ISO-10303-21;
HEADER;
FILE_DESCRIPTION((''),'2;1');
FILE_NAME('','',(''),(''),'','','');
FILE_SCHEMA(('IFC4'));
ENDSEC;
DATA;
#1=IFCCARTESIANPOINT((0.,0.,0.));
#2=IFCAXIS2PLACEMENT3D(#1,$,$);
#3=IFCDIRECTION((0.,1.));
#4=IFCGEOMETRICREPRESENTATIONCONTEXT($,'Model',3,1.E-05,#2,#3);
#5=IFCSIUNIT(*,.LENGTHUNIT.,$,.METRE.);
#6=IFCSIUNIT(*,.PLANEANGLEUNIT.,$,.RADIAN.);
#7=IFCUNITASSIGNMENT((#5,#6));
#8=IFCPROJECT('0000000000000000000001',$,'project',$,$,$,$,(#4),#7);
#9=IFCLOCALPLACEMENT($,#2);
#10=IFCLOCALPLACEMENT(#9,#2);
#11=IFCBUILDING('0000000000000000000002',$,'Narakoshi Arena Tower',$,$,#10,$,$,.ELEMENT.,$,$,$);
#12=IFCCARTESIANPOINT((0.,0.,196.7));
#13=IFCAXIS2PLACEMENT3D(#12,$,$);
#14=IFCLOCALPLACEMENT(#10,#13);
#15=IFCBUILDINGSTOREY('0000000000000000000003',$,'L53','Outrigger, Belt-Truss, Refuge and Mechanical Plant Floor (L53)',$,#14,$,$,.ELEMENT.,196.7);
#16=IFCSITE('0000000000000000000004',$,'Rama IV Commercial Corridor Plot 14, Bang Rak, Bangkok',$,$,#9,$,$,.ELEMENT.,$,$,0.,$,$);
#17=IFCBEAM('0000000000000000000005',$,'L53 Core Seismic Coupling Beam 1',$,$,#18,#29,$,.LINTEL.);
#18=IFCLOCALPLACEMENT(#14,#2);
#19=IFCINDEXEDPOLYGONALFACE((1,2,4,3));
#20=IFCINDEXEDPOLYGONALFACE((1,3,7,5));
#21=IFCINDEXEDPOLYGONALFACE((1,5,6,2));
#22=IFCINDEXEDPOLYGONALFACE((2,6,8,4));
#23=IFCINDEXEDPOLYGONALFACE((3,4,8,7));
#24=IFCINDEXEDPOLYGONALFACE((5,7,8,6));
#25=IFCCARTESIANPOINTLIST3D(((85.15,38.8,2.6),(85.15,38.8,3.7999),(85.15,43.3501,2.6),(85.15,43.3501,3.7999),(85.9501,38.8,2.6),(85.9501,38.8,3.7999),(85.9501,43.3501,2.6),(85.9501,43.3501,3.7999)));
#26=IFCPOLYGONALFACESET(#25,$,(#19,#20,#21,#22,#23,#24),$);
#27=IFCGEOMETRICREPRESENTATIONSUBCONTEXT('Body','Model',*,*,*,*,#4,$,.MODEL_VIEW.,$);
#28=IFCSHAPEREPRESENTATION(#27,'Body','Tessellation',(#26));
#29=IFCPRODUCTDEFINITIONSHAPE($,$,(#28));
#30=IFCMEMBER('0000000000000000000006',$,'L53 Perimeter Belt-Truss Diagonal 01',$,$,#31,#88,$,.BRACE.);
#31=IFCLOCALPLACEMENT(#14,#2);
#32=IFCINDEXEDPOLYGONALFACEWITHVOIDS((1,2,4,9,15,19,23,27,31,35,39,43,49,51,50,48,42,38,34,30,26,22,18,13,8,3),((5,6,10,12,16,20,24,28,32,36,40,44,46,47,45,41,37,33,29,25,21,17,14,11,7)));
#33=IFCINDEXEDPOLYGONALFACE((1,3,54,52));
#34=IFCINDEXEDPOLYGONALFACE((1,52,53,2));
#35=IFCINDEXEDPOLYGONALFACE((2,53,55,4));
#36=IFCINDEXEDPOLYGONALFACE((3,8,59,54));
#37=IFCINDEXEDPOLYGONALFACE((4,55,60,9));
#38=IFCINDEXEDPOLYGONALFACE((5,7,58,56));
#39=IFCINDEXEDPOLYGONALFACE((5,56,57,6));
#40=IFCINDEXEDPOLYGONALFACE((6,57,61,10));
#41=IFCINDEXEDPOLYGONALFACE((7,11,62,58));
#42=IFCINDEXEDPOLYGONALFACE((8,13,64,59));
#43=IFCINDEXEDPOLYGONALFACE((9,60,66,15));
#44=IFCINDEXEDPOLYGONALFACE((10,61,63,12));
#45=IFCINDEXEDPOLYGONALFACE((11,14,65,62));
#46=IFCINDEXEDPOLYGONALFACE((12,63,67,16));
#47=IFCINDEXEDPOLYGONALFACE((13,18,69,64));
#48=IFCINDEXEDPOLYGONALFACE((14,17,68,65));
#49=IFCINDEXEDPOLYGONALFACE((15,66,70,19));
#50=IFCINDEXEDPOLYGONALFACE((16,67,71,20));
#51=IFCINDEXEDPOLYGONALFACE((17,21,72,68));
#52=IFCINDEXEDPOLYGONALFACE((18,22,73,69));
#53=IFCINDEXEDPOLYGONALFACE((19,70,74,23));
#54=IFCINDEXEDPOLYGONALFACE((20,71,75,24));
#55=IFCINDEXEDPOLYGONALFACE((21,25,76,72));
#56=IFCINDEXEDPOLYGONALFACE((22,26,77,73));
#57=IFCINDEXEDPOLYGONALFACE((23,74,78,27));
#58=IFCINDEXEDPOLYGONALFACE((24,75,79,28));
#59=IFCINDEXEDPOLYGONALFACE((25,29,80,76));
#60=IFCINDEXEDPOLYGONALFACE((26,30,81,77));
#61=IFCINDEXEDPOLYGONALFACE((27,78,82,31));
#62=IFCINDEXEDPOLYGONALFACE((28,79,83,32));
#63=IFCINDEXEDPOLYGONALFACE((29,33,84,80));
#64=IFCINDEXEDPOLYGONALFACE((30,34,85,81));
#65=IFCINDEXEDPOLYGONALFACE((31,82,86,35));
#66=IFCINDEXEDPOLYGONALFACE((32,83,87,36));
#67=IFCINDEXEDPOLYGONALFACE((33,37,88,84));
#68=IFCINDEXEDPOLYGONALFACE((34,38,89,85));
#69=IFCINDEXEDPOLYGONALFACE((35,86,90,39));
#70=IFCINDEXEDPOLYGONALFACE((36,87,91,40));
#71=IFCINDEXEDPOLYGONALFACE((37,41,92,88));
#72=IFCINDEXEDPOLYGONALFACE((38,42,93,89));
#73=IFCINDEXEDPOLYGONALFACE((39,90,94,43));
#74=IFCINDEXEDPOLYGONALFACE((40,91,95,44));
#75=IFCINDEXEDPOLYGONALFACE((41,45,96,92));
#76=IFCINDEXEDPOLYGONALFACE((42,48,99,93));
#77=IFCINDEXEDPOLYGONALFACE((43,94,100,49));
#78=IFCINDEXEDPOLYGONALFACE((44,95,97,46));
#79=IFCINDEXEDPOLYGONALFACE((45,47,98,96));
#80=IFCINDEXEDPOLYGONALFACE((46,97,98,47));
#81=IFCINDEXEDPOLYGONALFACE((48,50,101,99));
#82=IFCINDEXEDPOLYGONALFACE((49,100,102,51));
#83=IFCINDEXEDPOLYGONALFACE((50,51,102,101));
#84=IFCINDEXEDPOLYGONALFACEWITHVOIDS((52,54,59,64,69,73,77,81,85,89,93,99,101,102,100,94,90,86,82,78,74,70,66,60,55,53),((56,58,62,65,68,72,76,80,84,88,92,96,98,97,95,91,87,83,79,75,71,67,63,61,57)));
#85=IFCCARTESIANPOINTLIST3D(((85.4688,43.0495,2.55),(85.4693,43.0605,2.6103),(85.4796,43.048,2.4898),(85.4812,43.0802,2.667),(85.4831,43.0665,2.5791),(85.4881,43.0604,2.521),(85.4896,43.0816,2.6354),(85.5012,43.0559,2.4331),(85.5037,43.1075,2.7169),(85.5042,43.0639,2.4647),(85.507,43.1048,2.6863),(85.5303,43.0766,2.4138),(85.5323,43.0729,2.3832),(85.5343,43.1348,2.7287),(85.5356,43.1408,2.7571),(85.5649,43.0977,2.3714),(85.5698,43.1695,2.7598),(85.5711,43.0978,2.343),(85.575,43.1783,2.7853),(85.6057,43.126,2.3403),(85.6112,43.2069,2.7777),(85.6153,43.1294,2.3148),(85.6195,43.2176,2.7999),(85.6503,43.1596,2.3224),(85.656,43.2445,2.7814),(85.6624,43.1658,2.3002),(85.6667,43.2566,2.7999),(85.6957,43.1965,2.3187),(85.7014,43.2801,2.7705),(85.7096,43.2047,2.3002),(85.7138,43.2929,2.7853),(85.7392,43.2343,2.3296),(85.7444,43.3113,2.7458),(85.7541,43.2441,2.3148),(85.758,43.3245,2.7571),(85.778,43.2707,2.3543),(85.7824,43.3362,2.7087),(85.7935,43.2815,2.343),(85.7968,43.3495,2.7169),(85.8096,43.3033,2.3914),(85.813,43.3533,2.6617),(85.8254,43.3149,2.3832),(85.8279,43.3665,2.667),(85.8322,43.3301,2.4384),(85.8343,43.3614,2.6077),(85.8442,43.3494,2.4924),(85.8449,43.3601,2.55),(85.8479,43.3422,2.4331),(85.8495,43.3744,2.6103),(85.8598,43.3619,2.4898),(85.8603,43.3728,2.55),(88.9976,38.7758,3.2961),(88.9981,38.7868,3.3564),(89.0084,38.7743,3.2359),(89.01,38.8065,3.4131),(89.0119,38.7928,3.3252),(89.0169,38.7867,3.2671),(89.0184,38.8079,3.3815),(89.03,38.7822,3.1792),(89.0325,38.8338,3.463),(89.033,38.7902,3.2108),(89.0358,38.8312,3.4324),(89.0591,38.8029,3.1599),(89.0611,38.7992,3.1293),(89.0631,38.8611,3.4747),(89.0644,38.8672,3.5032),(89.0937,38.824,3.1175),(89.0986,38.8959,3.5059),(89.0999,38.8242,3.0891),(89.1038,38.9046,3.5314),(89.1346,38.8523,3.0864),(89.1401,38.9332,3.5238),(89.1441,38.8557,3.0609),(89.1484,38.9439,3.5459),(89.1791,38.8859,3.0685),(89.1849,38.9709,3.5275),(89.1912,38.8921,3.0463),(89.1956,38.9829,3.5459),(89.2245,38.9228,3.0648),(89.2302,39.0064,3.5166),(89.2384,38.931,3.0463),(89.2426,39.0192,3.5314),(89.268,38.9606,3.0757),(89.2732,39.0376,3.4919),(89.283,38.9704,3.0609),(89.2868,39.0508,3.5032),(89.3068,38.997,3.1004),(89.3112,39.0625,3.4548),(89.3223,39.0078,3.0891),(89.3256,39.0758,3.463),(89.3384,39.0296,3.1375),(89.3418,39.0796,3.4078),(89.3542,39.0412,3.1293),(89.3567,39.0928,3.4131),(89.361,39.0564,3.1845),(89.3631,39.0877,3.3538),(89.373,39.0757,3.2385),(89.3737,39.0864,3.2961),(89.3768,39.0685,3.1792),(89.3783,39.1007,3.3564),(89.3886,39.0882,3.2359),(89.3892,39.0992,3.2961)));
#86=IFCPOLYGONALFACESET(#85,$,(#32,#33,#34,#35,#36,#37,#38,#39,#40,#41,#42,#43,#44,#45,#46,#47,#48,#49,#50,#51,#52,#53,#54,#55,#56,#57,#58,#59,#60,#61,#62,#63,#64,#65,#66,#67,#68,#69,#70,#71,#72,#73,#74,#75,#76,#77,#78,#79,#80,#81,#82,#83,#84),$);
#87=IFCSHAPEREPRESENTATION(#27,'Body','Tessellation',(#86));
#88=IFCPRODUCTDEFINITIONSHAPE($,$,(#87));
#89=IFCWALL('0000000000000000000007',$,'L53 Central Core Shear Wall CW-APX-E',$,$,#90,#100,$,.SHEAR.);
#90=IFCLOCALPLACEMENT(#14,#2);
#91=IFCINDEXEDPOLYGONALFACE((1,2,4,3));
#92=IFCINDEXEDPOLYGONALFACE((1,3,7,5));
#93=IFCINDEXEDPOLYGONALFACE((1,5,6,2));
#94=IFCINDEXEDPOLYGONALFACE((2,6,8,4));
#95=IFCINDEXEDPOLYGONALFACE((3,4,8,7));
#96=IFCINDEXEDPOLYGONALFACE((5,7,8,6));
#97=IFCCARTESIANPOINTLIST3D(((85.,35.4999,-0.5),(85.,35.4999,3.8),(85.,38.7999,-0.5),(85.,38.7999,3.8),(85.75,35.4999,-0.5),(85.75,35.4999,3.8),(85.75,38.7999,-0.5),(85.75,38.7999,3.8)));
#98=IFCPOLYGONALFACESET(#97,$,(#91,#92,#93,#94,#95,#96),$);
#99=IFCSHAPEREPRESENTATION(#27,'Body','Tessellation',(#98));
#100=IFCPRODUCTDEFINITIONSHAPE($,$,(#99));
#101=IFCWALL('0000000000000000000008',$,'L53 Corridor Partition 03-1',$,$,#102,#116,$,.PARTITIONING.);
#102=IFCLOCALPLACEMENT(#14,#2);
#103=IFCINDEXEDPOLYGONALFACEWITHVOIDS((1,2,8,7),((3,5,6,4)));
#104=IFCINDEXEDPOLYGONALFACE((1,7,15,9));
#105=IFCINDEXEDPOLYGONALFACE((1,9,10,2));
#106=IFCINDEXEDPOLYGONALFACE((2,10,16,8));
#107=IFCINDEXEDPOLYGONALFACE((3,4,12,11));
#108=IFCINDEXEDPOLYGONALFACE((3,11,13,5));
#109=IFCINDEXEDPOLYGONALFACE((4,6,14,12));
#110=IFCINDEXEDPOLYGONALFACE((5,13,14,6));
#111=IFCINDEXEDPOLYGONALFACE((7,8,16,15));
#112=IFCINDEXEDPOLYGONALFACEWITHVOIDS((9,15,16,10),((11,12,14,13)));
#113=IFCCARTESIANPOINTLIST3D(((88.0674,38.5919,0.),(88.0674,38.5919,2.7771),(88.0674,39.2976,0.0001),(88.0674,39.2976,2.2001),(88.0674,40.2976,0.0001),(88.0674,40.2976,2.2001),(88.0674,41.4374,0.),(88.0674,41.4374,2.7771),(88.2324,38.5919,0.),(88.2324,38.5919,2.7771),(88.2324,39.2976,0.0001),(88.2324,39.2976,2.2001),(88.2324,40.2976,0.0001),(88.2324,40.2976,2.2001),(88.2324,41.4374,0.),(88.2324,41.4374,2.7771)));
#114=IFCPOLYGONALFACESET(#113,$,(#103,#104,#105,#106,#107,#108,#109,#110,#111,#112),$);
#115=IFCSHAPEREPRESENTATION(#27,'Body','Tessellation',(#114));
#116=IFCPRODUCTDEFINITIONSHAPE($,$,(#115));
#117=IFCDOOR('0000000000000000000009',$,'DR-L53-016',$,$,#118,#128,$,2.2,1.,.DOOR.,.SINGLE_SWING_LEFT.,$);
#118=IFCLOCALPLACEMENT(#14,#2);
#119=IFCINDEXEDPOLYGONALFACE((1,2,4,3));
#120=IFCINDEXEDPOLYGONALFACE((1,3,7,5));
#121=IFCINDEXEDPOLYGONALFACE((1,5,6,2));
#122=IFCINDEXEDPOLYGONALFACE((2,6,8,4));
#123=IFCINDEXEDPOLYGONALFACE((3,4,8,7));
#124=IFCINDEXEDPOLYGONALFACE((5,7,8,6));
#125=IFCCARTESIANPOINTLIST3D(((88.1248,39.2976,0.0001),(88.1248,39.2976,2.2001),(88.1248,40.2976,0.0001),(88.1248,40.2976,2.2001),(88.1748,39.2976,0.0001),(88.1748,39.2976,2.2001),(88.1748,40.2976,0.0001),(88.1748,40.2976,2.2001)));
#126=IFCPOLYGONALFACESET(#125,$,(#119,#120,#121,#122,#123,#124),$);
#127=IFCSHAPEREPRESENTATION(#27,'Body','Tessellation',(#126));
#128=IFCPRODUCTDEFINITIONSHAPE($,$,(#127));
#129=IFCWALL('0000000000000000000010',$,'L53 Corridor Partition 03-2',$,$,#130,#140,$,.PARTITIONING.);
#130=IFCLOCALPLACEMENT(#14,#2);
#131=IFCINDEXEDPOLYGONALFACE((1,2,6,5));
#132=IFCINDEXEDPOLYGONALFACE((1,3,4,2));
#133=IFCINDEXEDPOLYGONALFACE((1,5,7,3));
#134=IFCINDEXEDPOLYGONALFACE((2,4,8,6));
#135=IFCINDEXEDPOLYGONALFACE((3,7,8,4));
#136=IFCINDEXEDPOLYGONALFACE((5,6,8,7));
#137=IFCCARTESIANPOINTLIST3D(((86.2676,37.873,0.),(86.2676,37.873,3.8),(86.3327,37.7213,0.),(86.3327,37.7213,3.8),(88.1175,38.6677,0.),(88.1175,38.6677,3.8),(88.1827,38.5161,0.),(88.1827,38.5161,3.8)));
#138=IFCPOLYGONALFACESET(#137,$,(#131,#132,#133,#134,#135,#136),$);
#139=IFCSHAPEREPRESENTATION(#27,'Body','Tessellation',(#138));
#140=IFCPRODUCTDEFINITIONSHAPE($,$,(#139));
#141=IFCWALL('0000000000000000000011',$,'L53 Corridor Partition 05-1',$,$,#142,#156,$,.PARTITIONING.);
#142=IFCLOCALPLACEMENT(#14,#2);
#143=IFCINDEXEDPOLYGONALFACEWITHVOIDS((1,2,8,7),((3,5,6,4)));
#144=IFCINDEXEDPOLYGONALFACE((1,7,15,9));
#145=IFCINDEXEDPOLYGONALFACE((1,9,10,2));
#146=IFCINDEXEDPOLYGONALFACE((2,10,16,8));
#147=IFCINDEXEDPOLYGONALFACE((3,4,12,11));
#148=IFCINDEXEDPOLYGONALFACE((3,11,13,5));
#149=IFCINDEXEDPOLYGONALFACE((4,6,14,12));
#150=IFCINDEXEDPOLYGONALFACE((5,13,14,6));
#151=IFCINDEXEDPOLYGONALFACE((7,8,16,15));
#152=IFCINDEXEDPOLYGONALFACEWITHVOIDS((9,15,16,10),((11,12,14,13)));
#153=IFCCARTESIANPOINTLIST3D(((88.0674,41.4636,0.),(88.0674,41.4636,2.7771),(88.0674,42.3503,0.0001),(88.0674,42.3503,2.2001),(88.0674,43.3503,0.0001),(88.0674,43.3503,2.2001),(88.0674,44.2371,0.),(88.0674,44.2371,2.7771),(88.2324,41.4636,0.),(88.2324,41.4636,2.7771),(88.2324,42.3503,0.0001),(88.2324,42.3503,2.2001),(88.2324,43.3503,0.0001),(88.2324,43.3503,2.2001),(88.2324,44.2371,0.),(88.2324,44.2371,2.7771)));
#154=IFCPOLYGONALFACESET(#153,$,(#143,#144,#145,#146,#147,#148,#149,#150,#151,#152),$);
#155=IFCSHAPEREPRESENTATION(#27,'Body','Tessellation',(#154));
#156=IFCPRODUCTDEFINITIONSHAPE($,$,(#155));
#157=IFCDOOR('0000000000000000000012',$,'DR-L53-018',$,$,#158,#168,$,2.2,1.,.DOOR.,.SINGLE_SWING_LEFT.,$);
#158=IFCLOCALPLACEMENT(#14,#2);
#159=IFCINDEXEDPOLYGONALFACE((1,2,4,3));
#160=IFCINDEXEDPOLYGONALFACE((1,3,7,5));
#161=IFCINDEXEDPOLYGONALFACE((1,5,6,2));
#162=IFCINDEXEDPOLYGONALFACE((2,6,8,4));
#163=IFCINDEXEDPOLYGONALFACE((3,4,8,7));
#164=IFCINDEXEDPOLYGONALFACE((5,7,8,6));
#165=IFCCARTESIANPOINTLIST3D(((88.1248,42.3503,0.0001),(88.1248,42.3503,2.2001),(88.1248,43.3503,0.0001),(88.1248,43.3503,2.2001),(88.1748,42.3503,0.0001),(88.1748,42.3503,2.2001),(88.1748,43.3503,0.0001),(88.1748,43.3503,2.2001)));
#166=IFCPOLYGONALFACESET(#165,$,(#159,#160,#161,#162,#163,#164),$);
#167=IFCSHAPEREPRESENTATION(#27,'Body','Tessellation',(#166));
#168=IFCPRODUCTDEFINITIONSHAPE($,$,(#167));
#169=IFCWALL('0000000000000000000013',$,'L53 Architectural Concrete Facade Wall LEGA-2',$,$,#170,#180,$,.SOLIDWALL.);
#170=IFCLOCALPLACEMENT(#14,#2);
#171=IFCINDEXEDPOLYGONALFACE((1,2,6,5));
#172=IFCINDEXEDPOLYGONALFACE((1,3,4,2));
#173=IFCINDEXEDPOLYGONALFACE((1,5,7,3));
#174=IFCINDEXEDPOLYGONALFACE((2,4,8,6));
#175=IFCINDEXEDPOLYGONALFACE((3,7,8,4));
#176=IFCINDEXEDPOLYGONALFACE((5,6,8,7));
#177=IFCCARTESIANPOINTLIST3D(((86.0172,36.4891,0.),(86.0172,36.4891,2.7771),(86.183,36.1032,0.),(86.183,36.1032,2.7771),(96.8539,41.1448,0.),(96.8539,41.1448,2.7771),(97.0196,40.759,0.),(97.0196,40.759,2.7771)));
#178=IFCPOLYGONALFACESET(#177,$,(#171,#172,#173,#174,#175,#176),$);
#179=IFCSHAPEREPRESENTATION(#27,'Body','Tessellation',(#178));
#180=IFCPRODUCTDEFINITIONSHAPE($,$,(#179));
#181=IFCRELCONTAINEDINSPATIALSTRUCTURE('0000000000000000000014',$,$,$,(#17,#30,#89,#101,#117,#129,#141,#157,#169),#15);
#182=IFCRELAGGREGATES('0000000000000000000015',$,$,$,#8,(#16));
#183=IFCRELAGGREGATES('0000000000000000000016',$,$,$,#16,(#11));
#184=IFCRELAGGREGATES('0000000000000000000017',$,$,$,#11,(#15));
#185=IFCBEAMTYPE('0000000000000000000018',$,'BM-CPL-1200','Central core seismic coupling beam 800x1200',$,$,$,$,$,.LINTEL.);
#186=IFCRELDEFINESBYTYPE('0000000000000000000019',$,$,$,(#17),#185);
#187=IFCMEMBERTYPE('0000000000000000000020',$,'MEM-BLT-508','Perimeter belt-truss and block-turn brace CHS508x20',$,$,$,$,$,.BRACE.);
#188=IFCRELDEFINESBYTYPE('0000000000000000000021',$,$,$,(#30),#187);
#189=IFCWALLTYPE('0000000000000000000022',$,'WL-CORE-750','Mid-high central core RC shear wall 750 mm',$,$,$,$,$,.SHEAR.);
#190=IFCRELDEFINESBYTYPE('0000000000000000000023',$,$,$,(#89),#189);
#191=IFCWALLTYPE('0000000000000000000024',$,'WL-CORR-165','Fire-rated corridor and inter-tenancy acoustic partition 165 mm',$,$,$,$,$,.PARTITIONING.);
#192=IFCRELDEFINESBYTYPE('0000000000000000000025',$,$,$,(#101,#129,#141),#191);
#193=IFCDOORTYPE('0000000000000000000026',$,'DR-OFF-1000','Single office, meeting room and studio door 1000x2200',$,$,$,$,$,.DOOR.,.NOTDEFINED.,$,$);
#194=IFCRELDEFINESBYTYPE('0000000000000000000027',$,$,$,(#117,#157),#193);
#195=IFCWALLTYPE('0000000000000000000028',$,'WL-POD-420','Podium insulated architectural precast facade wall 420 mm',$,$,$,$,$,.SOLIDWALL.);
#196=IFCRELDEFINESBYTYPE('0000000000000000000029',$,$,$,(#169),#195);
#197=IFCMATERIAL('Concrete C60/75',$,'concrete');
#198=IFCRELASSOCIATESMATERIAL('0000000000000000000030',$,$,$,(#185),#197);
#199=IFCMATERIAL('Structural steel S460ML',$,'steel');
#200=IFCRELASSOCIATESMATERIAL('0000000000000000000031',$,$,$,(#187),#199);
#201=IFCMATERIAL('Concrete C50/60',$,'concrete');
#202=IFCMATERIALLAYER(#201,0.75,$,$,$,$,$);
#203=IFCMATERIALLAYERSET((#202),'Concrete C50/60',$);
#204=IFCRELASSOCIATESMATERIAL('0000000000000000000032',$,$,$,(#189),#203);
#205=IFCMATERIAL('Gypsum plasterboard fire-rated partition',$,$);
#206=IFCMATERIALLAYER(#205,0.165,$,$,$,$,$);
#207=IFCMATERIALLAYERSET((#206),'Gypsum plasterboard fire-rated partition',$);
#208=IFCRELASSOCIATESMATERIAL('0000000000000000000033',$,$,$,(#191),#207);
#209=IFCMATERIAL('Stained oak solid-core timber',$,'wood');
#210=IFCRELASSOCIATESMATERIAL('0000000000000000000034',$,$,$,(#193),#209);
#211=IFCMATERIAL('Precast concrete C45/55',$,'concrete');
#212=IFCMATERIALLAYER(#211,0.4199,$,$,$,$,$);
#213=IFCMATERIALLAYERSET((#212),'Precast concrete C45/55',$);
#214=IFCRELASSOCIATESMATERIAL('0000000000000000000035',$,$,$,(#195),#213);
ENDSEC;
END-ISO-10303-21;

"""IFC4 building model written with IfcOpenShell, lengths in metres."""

from ifc_helpers import new_model, si_unit, direction, frame, frame_2d, origin, origin_2d, place, context, subcontext, project, spatial, rectangle, hollow_circle, extrude, material, layer, layer_set, material_profile, profile_set, type_object, element, fill, save


model = new_model("IFC4")

# Units and contexts
model_context = context("Model", 3, precision=1e-05, world=origin(), true_north=direction((0.0, 1.0)))
body_context = subcontext(model_context, "Body", "Model", "MODEL_VIEW")
ifc_project = project(units=[si_unit("LENGTHUNIT", "METRE"), si_unit("PLANEANGLEUNIT", "RADIAN")], contexts=[model_context])

# Site, building, storey
site_placement = place(None, origin())
site = spatial("IfcSite", under=ifc_project, at=site_placement, Name="Rama IV Commercial Corridor Plot 14, Bang Rak, Bangkok", CompositionType="ELEMENT", RefElevation=0.0)
building_placement = place(site_placement, origin())
building = spatial("IfcBuilding", under=site, at=building_placement, Name="Narakoshi Arena Tower", CompositionType="ELEMENT")
storey_placement = place(building_placement, frame((0.0, 0.0, 196.7)))
storey = spatial("IfcBuildingStorey", under=building, at=storey_placement, Name="L53", Description="Outrigger, Belt-Truss, Refuge and Mechanical Plant Floor (L53)", CompositionType="ELEMENT", Elevation=196.7)

# Beam
ifc_material_1 = material(Name="Concrete C60/75", Category="concrete")
ifc_material_profile_1 = material_profile(ifc_material_1, rectangle(XDim=0.8, YDim=1.2, at=origin_2d()), Name="RCB800x1200")
ifc_profile_set_1 = profile_set([ifc_material_profile_1], Name="Concrete C60/75")
beam_type = type_object("IfcBeamType", Name="BM-CPL-1200", Description="Central core seismic coupling beam 800x1200", PredefinedType="LINTEL", material=ifc_profile_set_1)
beam_placement = place(storey_placement, frame((85.55, 38.8, 3.2), z_axis=(0.0, 1.0, 0.0), x_axis=(-1.0, 0.0, 0.0)))
element("IfcBeam", 1, at=beam_placement, inside=storey, type_object=beam_type, Name="L53 Core Seismic Coupling Beam 1", PredefinedType="LINTEL", context=body_context, shape_type="SweptSolid", body=[
    extrude(rectangle(XDim=0.8, YDim=1.2, at=origin_2d()), origin(), (0.0, 0.0, 1.0), 4.55),
])

# Member
ifc_material_2 = material(Name="Structural steel S460ML", Category="steel")
ifc_material_profile_2 = material_profile(ifc_material_2, hollow_circle(Radius=0.2539, WallThickness=0.02, at=origin_2d()), Name="CHS508x20")
ifc_profile_set_2 = profile_set([ifc_material_profile_2], Name="Structural steel S460ML")
member_type = type_object("IfcMemberType", Name="MEM-BLT-508", Description="Perimeter belt-truss and block-turn brace CHS508x20", PredefinedType="BRACE", material=ifc_profile_set_2)
member_placement = place(storey_placement, frame((85.6646, 43.2112, 2.55), z_axis=(0.631015, -0.764212, 0.133415), x_axis=(0.771106, 0.636707, 0.0)))
element("IfcMember", 2, at=member_placement, inside=storey, type_object=member_type, Name="L53 Perimeter Belt-Truss Diagonal 01", PredefinedType="BRACE", context=body_context, shape_type="SweptSolid", body=[
    extrude(hollow_circle(Radius=0.2539, WallThickness=0.02, at=origin_2d()), origin(), (0.0, 0.0, 1.0), 5.5923),
])

# Wall
ifc_material_3 = material(Name="Concrete C50/60", Category="concrete")
ifc_layer_1 = layer(ifc_material_3, 0.75)
ifc_layer_set_1 = layer_set([ifc_layer_1], Name="Concrete C50/60")
wall_type_1 = type_object("IfcWallType", Name="WL-CORE-750", Description="Mid-high central core RC shear wall 750 mm", PredefinedType="SHEAR", material=ifc_layer_set_1)
wall_1_placement = place(storey_placement, frame((85.375, 35.5, -0.5), z_axis=(0.0, 0.0, 1.0), x_axis=(0.0, 1.0, 0.0)))
element("IfcWall", 3, at=wall_1_placement, inside=storey, type_object=wall_type_1, Name="L53 Central Core Shear Wall CW-APX-E", PredefinedType="SHEAR", context=body_context, shape_type="SweptSolid", body=[
    extrude(rectangle(XDim=3.3, YDim=0.75, at=frame_2d((1.6499, 0.0))), origin(), (0.0, 0.0, 1.0), 4.3),
])

# Wall, opening, door
ifc_material_4 = material(Name="Gypsum plasterboard fire-rated partition")
ifc_layer_2 = layer(ifc_material_4, 0.165)
ifc_layer_set_2 = layer_set([ifc_layer_2], Name="Gypsum plasterboard fire-rated partition")
wall_type_2 = type_object("IfcWallType", Name="WL-CORR-165", Description="Fire-rated corridor and inter-tenancy acoustic partition 165 mm", PredefinedType="PARTITIONING", material=ifc_layer_set_2)
wall_2_placement = place(storey_placement, frame((88.1499, 38.5918, 0.0), z_axis=(0.0, 0.0, 1.0), x_axis=(0.0, 1.0, 0.0)))
wall_2 = element("IfcWall", 4, at=wall_2_placement, inside=storey, type_object=wall_type_2, Name="L53 Corridor Partition 03-1", PredefinedType="PARTITIONING", context=body_context, shape_type="SweptSolid", body=[
    extrude(rectangle(XDim=2.8455, YDim=0.165, at=frame_2d((1.4229, 0.0))), origin(), (0.0, 0.0, 1.0), 2.7771),
])
opening_1_placement = place(wall_2_placement, frame((0.7058, 0.0, 0.0)))
opening_1 = element("IfcOpeningElement", 5, at=opening_1_placement, cuts=wall_2, PredefinedType="OPENING", context=body_context, shape_type="SweptSolid", body=[
    extrude(rectangle(XDim=1.0, YDim=2.2, at=frame_2d((0.5, 1.1001))), frame((0.0, 0.0925, 0.0), z_axis=(0.0, -1.0, 0.0), x_axis=(1.0, 0.0, 0.0)), (0.0, 0.0, 1.0), 0.1851),
])
ifc_material_5 = material(Name="Stained oak solid-core timber", Category="wood")
door_type_1 = type_object("IfcDoorType", Name="DR-OFF-1000", Description="Single office, meeting room and studio door 1000x2200", OperationType="NOTDEFINED", PredefinedType="DOOR", material=ifc_material_5)
door_1_placement = place(opening_1_placement, frame((1.0, 0.0, 0.0), z_axis=(0.0, 0.0, 1.0), x_axis=(-1.0, 0.0, 0.0)))
door_1 = element("IfcDoor", 6, at=door_1_placement, inside=storey, type_object=door_type_1, Name="DR-L53-016", OperationType="SINGLE_SWING_LEFT", OverallHeight=2.2, OverallWidth=1.0, PredefinedType="DOOR", context=body_context, shape_type="SweptSolid", body=[
    extrude(rectangle(XDim=1.0, YDim=2.2, at=frame_2d((0.5, 1.1001))), frame((0.0, 0.0249, 0.0), z_axis=(0.0, -1.0, 0.0), x_axis=(1.0, 0.0, 0.0)), (0.0, 0.0, 1.0), 0.05),
])
fill(opening_1, door_1)

# Wall
wall_3_placement = place(storey_placement, frame((86.3, 37.7971, 0.0), z_axis=(0.0, 0.0, 1.0), x_axis=(0.918806, 0.394709, 0.0)))
element("IfcWall", 7, at=wall_3_placement, inside=storey, type_object=wall_type_2, Name="L53 Corridor Partition 03-2", PredefinedType="PARTITIONING", context=body_context, shape_type="SweptSolid", body=[
    extrude(rectangle(XDim=2.0134, YDim=0.165, at=frame_2d((1.0068, 0.0))), origin(), (0.0, 0.0, 1.0), 3.8),
])

# Wall, opening, door
wall_4_placement = place(storey_placement, frame((88.1499, 41.4636, 0.0), z_axis=(0.0, 0.0, 1.0), x_axis=(0.0, 1.0, 0.0)))
wall_4 = element("IfcWall", 8, at=wall_4_placement, inside=storey, type_object=wall_type_2, Name="L53 Corridor Partition 05-1", PredefinedType="PARTITIONING", context=body_context, shape_type="SweptSolid", body=[
    extrude(rectangle(XDim=2.7734, YDim=0.165, at=frame_2d((1.3867, 0.0))), origin(), (0.0, 0.0, 1.0), 2.7771),
])
opening_2_placement = place(wall_4_placement, frame((0.8867, 0.0, 0.0)))
opening_2 = element("IfcOpeningElement", 9, at=opening_2_placement, cuts=wall_4, PredefinedType="OPENING", context=body_context, shape_type="SweptSolid", body=[
    extrude(rectangle(XDim=1.0, YDim=2.2, at=frame_2d((0.5, 1.1001))), frame((0.0, 0.0925, 0.0), z_axis=(0.0, -1.0, 0.0), x_axis=(1.0, 0.0, 0.0)), (0.0, 0.0, 1.0), 0.1851),
])
door_2_placement = place(opening_2_placement, frame((1.0, 0.0, 0.0), z_axis=(0.0, 0.0, 1.0), x_axis=(-1.0, 0.0, 0.0)))
door_2 = element("IfcDoor", 10, at=door_2_placement, inside=storey, type_object=door_type_1, Name="DR-L53-018", OperationType="SINGLE_SWING_LEFT", OverallHeight=2.2, OverallWidth=1.0, PredefinedType="DOOR", context=body_context, shape_type="SweptSolid", body=[
    extrude(rectangle(XDim=1.0, YDim=2.2, at=frame_2d((0.5, 1.1001))), frame((0.0, 0.0249, 0.0), z_axis=(0.0, -1.0, 0.0), x_axis=(1.0, 0.0, 0.0)), (0.0, 0.0, 1.0), 0.05),
])
fill(opening_2, door_2)

# Wall
ifc_material_6 = material(Name="Precast concrete C45/55", Category="concrete")
ifc_layer_3 = layer(ifc_material_6, 0.4199)
ifc_layer_set_3 = layer_set([ifc_layer_3], Name="Precast concrete C45/55")
wall_type_3 = type_object("IfcWallType", Name="WL-POD-420", Description="Podium insulated architectural precast facade wall 420 mm", PredefinedType="SOLIDWALL", material=ifc_layer_set_3)
wall_5_placement = place(storey_placement, frame((86.1001, 36.2961, 0.0), z_axis=(0.0, 0.0, 1.0), x_axis=(0.918792, 0.394741, 0.0)))
element("IfcWall", 11, at=wall_5_placement, inside=storey, type_object=wall_type_3, Name="L53 Architectural Concrete Facade Wall LEGA-2", PredefinedType="SOLIDWALL", context=body_context, shape_type="SweptSolid", body=[
    extrude(rectangle(XDim=11.7944, YDim=0.4199, at=frame_2d((5.8972, 0.0))), origin(), (0.0, 0.0, 1.0), 2.7771),
])

save(model, "model.ifc")
